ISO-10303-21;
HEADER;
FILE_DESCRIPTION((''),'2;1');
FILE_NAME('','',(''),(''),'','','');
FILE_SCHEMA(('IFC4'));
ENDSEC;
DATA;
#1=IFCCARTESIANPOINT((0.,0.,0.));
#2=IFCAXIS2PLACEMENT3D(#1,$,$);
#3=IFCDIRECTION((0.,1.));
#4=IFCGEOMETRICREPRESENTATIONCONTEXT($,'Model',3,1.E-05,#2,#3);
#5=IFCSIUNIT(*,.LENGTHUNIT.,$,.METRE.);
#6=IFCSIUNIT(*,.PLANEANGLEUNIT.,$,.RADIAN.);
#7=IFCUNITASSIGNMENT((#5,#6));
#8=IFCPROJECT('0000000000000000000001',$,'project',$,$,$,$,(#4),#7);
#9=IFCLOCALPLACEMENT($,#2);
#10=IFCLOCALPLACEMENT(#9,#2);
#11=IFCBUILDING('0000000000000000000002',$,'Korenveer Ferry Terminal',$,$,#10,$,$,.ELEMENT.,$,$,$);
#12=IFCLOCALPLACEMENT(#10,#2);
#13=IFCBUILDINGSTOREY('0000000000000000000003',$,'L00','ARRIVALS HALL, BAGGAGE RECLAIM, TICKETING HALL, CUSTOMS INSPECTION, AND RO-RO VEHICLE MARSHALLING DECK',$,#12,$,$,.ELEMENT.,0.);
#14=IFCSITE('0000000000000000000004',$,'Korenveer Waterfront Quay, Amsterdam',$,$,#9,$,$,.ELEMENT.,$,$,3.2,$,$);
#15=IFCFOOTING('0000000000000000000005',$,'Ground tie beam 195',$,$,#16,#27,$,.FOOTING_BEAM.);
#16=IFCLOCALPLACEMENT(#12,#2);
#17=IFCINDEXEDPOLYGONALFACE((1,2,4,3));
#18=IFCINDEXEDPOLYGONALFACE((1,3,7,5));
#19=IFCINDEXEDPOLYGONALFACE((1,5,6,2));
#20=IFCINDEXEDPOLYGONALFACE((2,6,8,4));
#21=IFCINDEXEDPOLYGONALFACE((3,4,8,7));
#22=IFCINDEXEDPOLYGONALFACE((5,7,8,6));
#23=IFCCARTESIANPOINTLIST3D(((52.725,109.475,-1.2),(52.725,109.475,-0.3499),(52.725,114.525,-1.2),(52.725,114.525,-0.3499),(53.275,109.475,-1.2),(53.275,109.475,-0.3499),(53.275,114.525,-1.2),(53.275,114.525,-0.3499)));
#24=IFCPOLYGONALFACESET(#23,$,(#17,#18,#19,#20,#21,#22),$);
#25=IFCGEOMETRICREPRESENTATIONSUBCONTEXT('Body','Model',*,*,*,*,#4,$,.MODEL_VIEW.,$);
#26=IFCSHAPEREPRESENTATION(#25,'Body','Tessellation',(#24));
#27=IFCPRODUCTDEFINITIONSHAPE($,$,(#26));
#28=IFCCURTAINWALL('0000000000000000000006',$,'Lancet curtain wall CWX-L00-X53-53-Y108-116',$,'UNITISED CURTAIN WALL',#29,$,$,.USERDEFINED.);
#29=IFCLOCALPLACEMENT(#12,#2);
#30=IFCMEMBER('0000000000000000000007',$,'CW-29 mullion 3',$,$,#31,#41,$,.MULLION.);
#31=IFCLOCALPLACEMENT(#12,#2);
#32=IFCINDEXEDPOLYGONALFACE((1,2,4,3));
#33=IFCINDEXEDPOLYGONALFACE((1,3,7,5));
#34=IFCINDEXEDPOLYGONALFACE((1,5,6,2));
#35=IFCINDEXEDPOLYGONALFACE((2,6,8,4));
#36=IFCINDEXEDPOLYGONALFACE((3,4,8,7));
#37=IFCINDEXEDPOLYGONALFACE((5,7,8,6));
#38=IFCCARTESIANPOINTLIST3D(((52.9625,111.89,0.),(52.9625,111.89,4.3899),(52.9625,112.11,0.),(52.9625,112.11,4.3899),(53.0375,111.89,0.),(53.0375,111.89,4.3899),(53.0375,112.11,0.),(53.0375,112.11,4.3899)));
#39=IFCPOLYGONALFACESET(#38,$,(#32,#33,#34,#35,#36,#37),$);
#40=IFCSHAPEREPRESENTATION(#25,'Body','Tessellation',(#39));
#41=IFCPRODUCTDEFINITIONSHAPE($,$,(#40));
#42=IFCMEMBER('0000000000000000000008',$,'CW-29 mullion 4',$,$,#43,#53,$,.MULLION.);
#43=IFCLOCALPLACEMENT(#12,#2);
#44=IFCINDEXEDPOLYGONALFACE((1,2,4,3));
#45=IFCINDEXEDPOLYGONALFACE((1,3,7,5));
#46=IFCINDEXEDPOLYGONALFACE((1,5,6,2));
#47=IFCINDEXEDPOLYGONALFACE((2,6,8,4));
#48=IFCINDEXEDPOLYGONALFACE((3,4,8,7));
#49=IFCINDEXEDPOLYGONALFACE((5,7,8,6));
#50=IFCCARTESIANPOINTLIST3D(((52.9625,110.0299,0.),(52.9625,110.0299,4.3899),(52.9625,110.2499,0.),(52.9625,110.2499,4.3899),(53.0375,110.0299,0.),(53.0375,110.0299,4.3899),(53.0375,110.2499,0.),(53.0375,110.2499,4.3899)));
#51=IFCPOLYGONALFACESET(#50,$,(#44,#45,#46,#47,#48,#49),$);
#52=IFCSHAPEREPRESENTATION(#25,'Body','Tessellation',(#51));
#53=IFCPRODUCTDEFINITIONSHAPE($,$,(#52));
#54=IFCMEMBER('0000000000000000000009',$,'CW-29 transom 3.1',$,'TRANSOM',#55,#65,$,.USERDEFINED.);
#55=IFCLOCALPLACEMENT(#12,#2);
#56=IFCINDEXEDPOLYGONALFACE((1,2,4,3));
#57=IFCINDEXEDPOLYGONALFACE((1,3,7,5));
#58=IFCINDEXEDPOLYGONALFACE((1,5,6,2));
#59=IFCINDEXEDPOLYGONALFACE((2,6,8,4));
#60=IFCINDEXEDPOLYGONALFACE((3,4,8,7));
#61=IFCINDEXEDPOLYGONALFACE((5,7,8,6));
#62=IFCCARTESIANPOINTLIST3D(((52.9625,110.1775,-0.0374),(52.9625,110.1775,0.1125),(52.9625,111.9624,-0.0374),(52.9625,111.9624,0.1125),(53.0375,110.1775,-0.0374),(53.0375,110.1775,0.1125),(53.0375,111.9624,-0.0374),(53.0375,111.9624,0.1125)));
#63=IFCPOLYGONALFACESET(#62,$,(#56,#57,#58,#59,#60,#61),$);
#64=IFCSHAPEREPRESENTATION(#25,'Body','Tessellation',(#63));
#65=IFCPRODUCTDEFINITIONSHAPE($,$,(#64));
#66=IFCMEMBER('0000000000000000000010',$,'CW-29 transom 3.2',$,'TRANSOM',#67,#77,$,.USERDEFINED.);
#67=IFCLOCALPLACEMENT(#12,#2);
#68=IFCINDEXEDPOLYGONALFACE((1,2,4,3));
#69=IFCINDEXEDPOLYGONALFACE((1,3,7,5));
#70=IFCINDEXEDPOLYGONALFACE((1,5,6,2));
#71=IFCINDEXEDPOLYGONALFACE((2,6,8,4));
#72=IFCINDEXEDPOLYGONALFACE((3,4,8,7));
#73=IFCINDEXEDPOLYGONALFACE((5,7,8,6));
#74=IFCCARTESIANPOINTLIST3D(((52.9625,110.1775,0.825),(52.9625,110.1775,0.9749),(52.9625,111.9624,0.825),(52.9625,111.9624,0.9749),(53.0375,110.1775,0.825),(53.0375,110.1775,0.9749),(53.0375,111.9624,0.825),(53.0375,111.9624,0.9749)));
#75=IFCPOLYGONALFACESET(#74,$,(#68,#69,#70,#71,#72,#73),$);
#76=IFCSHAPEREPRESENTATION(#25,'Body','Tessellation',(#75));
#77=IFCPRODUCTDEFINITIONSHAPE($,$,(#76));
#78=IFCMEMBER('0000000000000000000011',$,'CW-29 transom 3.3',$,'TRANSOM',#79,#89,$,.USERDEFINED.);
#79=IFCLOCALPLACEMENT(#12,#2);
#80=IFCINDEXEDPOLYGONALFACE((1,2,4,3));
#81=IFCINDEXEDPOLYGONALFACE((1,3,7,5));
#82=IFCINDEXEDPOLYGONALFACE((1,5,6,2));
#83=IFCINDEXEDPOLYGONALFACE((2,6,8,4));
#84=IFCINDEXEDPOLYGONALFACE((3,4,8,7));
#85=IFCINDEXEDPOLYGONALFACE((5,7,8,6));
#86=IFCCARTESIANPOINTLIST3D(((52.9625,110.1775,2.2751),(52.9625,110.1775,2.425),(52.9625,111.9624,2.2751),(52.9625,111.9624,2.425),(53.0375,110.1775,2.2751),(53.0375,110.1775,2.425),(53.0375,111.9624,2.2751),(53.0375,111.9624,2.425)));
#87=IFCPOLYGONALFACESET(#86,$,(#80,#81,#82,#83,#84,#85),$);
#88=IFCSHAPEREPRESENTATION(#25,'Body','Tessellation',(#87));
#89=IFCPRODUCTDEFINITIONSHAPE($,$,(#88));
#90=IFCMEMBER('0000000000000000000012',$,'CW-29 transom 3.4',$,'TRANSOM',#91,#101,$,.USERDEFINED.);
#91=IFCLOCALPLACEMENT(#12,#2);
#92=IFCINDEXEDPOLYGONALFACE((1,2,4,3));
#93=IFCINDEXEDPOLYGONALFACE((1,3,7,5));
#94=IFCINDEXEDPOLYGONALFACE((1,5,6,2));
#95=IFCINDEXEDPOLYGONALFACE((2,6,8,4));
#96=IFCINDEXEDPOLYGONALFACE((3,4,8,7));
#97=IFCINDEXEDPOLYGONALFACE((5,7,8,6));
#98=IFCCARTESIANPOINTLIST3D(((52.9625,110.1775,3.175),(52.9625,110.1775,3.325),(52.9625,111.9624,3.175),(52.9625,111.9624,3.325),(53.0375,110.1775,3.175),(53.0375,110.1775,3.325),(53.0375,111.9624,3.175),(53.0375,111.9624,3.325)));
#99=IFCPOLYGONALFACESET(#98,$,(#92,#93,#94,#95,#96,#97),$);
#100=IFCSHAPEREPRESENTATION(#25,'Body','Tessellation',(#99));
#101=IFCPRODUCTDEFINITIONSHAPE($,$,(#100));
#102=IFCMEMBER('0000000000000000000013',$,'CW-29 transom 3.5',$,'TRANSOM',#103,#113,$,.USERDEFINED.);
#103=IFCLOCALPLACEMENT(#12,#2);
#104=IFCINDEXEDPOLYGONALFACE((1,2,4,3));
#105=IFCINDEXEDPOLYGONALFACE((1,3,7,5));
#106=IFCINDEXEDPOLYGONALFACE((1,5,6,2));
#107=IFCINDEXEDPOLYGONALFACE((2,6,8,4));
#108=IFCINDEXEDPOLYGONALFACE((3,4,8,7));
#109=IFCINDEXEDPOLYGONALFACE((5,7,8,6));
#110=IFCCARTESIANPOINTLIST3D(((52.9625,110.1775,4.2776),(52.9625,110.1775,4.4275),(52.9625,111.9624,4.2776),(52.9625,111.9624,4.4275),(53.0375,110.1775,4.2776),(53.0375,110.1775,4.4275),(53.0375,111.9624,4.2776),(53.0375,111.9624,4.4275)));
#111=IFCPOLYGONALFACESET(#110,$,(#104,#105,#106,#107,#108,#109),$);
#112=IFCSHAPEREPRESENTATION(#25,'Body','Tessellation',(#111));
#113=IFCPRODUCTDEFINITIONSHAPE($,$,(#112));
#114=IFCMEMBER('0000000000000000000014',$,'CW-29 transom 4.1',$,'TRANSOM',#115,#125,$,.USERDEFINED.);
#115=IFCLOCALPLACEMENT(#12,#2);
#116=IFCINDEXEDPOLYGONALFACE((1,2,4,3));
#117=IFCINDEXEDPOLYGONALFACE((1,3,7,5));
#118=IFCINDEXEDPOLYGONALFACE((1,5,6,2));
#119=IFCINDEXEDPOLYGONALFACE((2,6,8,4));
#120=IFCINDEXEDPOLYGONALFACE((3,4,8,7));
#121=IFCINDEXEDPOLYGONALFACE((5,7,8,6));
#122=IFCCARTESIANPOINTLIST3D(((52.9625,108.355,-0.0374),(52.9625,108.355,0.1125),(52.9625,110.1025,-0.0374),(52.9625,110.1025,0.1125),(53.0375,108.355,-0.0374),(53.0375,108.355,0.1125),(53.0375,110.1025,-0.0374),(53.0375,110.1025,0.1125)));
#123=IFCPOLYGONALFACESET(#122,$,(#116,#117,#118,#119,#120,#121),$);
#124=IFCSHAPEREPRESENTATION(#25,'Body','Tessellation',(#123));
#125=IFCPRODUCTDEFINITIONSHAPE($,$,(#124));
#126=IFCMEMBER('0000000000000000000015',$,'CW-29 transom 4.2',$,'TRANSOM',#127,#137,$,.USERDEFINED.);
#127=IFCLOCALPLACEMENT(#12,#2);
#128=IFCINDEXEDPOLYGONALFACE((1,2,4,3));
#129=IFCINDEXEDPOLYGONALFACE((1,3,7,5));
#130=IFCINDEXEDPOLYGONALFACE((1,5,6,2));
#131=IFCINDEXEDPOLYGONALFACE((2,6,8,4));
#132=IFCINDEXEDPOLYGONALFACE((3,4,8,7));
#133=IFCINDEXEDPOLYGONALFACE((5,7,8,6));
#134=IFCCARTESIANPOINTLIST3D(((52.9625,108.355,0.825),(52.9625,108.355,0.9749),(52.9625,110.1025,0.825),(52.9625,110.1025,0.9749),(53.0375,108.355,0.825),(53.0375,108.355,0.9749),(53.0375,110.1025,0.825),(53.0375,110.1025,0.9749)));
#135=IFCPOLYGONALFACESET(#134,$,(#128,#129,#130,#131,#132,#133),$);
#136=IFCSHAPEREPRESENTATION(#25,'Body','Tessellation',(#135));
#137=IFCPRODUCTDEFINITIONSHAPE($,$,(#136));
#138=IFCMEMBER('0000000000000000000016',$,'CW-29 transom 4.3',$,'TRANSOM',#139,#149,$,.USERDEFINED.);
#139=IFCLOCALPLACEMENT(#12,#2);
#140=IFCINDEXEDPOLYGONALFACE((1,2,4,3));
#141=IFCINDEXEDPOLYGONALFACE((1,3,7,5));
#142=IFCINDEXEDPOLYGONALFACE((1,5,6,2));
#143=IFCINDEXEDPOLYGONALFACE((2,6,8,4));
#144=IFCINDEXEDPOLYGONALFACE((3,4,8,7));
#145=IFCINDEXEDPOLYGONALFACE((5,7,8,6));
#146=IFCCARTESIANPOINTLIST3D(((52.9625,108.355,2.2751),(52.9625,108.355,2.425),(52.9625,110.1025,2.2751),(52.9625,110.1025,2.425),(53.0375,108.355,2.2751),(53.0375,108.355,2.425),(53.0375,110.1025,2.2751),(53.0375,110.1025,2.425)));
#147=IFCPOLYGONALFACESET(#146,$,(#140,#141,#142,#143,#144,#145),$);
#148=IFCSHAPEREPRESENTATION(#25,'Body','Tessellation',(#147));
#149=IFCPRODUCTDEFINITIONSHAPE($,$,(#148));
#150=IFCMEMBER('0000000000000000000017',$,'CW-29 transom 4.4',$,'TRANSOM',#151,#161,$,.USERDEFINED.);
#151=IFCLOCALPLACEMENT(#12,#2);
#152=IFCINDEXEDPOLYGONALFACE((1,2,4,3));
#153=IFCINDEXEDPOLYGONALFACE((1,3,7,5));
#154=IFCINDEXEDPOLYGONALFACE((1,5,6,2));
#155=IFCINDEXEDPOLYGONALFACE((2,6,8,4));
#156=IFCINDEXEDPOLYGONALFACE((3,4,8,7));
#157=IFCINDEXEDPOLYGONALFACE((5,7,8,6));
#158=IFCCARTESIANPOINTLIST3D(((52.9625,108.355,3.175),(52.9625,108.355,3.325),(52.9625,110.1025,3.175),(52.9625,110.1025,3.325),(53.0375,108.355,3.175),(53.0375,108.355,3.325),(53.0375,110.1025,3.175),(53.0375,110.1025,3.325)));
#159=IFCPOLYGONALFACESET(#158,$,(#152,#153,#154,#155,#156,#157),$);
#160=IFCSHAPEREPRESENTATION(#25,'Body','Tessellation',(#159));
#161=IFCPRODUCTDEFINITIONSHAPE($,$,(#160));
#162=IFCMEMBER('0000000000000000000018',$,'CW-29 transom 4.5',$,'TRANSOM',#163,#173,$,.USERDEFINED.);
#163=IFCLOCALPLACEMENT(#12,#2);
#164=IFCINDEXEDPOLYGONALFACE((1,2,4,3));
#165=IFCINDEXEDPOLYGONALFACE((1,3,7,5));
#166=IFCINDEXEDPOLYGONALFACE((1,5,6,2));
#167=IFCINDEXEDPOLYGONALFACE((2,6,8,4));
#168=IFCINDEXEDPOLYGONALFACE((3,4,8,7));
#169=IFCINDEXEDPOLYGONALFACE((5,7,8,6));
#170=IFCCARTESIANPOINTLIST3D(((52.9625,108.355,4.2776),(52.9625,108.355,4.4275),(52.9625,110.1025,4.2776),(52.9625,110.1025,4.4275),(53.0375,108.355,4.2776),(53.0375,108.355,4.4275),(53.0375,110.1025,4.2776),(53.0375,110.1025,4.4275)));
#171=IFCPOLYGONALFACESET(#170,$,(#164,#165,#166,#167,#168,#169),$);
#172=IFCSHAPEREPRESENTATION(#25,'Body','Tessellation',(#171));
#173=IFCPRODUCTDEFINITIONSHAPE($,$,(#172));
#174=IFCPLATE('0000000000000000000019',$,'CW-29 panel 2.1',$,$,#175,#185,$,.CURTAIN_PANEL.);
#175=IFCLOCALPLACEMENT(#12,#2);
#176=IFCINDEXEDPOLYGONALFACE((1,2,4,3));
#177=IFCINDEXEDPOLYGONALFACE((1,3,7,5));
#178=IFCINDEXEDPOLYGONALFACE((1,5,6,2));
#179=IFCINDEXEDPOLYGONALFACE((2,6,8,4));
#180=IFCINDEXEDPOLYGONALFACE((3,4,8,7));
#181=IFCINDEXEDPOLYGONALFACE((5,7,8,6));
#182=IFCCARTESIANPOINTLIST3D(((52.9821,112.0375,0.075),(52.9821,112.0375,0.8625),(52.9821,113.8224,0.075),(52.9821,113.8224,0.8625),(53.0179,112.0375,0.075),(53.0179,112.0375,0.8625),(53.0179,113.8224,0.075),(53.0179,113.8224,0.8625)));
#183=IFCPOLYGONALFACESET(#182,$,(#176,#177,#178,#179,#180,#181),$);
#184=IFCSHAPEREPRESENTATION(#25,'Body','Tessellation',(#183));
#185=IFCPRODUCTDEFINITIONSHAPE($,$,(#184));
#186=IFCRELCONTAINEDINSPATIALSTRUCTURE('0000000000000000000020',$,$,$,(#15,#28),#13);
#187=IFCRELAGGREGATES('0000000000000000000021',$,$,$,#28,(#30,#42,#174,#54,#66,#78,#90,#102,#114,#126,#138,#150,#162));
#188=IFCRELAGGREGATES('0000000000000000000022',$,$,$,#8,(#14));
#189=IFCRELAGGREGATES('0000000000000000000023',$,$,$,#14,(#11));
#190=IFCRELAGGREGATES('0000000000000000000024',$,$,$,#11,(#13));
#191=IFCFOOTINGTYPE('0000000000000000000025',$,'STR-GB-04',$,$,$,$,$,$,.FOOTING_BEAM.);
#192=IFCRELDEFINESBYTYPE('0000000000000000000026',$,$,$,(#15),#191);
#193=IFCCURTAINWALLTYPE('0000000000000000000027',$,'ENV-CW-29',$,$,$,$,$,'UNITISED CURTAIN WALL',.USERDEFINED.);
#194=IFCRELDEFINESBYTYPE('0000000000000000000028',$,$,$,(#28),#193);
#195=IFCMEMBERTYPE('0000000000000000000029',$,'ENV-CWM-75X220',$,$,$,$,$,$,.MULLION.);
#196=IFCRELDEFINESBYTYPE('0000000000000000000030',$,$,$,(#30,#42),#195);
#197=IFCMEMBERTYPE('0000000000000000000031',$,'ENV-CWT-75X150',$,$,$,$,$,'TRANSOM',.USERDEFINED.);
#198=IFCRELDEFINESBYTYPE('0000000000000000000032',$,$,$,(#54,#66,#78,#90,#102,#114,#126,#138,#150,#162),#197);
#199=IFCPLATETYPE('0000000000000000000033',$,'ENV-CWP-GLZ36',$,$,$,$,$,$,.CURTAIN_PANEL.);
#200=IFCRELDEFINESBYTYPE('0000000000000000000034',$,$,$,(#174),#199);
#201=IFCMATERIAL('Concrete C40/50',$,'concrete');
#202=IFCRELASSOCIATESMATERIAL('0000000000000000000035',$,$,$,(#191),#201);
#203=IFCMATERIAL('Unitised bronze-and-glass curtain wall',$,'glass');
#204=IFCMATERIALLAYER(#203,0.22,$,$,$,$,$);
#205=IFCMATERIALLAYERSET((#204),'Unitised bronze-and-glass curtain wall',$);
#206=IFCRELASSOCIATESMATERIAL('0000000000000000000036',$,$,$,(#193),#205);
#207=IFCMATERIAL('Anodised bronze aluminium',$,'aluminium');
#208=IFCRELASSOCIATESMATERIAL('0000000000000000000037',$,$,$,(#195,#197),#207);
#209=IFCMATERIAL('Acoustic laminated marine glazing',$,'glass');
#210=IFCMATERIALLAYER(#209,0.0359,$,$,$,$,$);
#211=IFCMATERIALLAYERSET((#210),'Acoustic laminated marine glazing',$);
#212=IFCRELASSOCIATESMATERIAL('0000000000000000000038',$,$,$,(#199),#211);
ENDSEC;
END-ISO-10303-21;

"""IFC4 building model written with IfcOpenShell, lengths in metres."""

from ifc_helpers import new_model, si_unit, direction, frame, origin, origin_2d, place, context, subcontext, project, spatial, rectangle, extrude, material, layer, layer_set, material_profile, profile_set, type_object, element, aggregate, save


model = new_model("IFC4")

# Units and contexts
model_context = context("Model", 3, precision=1e-05, world=origin(), true_north=direction((0.0, 1.0)))
body_context = subcontext(model_context, "Body", "Model", "MODEL_VIEW")
ifc_project = project(units=[si_unit("LENGTHUNIT", "METRE"), si_unit("PLANEANGLEUNIT", "RADIAN")], contexts=[model_context])

# Site, building, storey
site_placement = place(None, origin())
site = spatial("IfcSite", under=ifc_project, at=site_placement, Name="Korenveer Waterfront Quay, Amsterdam", CompositionType="ELEMENT", RefElevation=3.2)
building_placement = place(site_placement, origin())
building = spatial("IfcBuilding", under=site, at=building_placement, Name="Korenveer Ferry Terminal", CompositionType="ELEMENT")
storey_placement = place(building_placement, origin())
storey = spatial("IfcBuildingStorey", under=building, at=storey_placement, Name="L00", Description="ARRIVALS HALL, BAGGAGE RECLAIM, TICKETING HALL, CUSTOMS INSPECTION, AND RO-RO VEHICLE MARSHALLING DECK", CompositionType="ELEMENT", Elevation=0.0)

# Footing
ifc_material_1 = material(Name="Concrete C40/50", Category="concrete")
footing_type = type_object("IfcFootingType", Name="STR-GB-04", PredefinedType="FOOTING_BEAM", material=ifc_material_1)
footing_placement = place(storey_placement, frame((53.0, 112.0, -1.2), z_axis=(0.0, 0.0, 1.0), x_axis=(1.0, 0.0, 0.0)))
element("IfcFooting", 1, at=footing_placement, inside=storey, type_object=footing_type, Name="Ground tie beam 195", PredefinedType="FOOTING_BEAM", context=body_context, shape_type="SweptSolid", body=[
    extrude(rectangle(XDim=0.55, YDim=5.05, at=origin_2d()), origin(), (0.0, 0.0, 1.0), 0.8501),
])

# Curtain wall, members, plate
ifc_material_2 = material(Name="Unitised bronze-and-glass curtain wall", Category="glass")
ifc_layer_1 = layer(ifc_material_2, 0.22)
ifc_layer_set_1 = layer_set([ifc_layer_1], Name="Unitised bronze-and-glass curtain wall")
curtain_wall_type = type_object("IfcCurtainWallType", Name="ENV-CW-29", ElementType="UNITISED CURTAIN WALL", PredefinedType="USERDEFINED", material=ifc_layer_set_1)
curtain_wall_placement = place(storey_placement, frame((53.0, 115.72, 0.0)))
curtain_wall = element("IfcCurtainWall", 2, at=curtain_wall_placement, inside=storey, type_object=curtain_wall_type, Name="Lancet curtain wall CWX-L00-X53-53-Y108-116", ObjectType="UNITISED CURTAIN WALL", PredefinedType="USERDEFINED")
ifc_material_3 = material(Name="Anodised bronze aluminium", Category="aluminium")
ifc_material_profile_1 = material_profile(ifc_material_3, rectangle(XDim=0.075, YDim=0.22, at=origin_2d()), Name="ALU 75x220")
ifc_profile_set_1 = profile_set([ifc_material_profile_1], Name="Anodised bronze aluminium")
member_type_1 = type_object("IfcMemberType", Name="ENV-CWM-75X220", PredefinedType="MULLION", material=ifc_profile_set_1)
member_1_placement = place(storey_placement, frame((53.0, 112.0, 0.0), z_axis=(0.0, 0.0, 1.0), x_axis=(1.0, 0.0, 0.0)))
member_1 = element("IfcMember", 3, at=member_1_placement, type_object=member_type_1, Name="CW-29 mullion 3", PredefinedType="MULLION", context=body_context, shape_type="SweptSolid", body=[
    extrude(rectangle(XDim=0.075, YDim=0.22, at=origin_2d()), origin(), (0.0, 0.0, 1.0), 4.3899),
])
member_2_placement = place(storey_placement, frame((53.0, 110.1399, 0.0), z_axis=(0.0, 0.0, 1.0), x_axis=(1.0, 0.0, 0.0)))
member_2 = element("IfcMember", 4, at=member_2_placement, type_object=member_type_1, Name="CW-29 mullion 4", PredefinedType="MULLION", context=body_context, shape_type="SweptSolid", body=[
    extrude(rectangle(XDim=0.075, YDim=0.22, at=origin_2d()), origin(), (0.0, 0.0, 1.0), 4.3899),
])
ifc_material_profile_2 = material_profile(ifc_material_3, rectangle(XDim=0.075, YDim=0.1499, at=origin_2d()), Name="ALU 75x150")
ifc_profile_set_2 = profile_set([ifc_material_profile_2], Name="Anodised bronze aluminium")
member_type_2 = type_object("IfcMemberType", Name="ENV-CWT-75X150", ElementType="TRANSOM", PredefinedType="USERDEFINED", material=ifc_profile_set_2)
member_3_placement = place(storey_placement, frame((53.0, 111.9624, 0.0376), z_axis=(0.0, -1.0, 0.0), x_axis=(1.0, 0.0, 0.0)))
member_3 = element("IfcMember", 5, at=member_3_placement, type_object=member_type_2, Name="CW-29 transom 3.1", ObjectType="TRANSOM", PredefinedType="USERDEFINED", context=body_context, shape_type="SweptSolid", body=[
    extrude(rectangle(XDim=0.075, YDim=0.1499, at=origin_2d()), origin(), (0.0, 0.0, 1.0), 1.7849),
])
member_4_placement = place(storey_placement, frame((53.0, 111.9624, 0.8999), z_axis=(0.0, -1.0, 0.0), x_axis=(1.0, 0.0, 0.0)))
member_4 = element("IfcMember", 6, at=member_4_placement, type_object=member_type_2, Name="CW-29 transom 3.2", ObjectType="TRANSOM", PredefinedType="USERDEFINED", context=body_context, shape_type="SweptSolid", body=[
    extrude(rectangle(XDim=0.075, YDim=0.1499, at=origin_2d()), origin(), (0.0, 0.0, 1.0), 1.7849),
])
member_5_placement = place(storey_placement, frame((53.0, 111.9624, 2.3501), z_axis=(0.0, -1.0, 0.0), x_axis=(1.0, 0.0, 0.0)))
member_5 = element("IfcMember", 7, at=member_5_placement, type_object=member_type_2, Name="CW-29 transom 3.3", ObjectType="TRANSOM", PredefinedType="USERDEFINED", context=body_context, shape_type="SweptSolid", body=[
    extrude(rectangle(XDim=0.075, YDim=0.1499, at=origin_2d()), origin(), (0.0, 0.0, 1.0), 1.7849),
])
member_6_placement = place(storey_placement, frame((53.0, 111.9624, 3.25), z_axis=(0.0, -1.0, 0.0), x_axis=(1.0, 0.0, 0.0)))
member_6 = element("IfcMember", 8, at=member_6_placement, type_object=member_type_2, Name="CW-29 transom 3.4", ObjectType="TRANSOM", PredefinedType="USERDEFINED", context=body_context, shape_type="SweptSolid", body=[
    extrude(rectangle(XDim=0.075, YDim=0.1499, at=origin_2d()), origin(), (0.0, 0.0, 1.0), 1.7849),
])
member_7_placement = place(storey_placement, frame((53.0, 111.9624, 4.3525), z_axis=(0.0, -1.0, 0.0), x_axis=(1.0, 0.0, 0.0)))
member_7 = element("IfcMember", 9, at=member_7_placement, type_object=member_type_2, Name="CW-29 transom 3.5", ObjectType="TRANSOM", PredefinedType="USERDEFINED", context=body_context, shape_type="SweptSolid", body=[
    extrude(rectangle(XDim=0.075, YDim=0.1499, at=origin_2d()), origin(), (0.0, 0.0, 1.0), 1.7849),
])
member_8_placement = place(storey_placement, frame((53.0, 110.1025, 0.0376), z_axis=(0.0, -1.0, 0.0), x_axis=(1.0, 0.0, 0.0)))
member_8 = element("IfcMember", 10, at=member_8_placement, type_object=member_type_2, Name="CW-29 transom 4.1", ObjectType="TRANSOM", PredefinedType="USERDEFINED", context=body_context, shape_type="SweptSolid", body=[
    extrude(rectangle(XDim=0.075, YDim=0.1499, at=origin_2d()), origin(), (0.0, 0.0, 1.0), 1.7476),
])
member_9_placement = place(storey_placement, frame((53.0, 110.1025, 0.8999), z_axis=(0.0, -1.0, 0.0), x_axis=(1.0, 0.0, 0.0)))
member_9 = element("IfcMember", 11, at=member_9_placement, type_object=member_type_2, Name="CW-29 transom 4.2", ObjectType="TRANSOM", PredefinedType="USERDEFINED", context=body_context, shape_type="SweptSolid", body=[
    extrude(rectangle(XDim=0.075, YDim=0.1499, at=origin_2d()), origin(), (0.0, 0.0, 1.0), 1.7476),
])
member_10_placement = place(storey_placement, frame((53.0, 110.1025, 2.3501), z_axis=(0.0, -1.0, 0.0), x_axis=(1.0, 0.0, 0.0)))
member_10 = element("IfcMember", 12, at=member_10_placement, type_object=member_type_2, Name="CW-29 transom 4.3", ObjectType="TRANSOM", PredefinedType="USERDEFINED", context=body_context, shape_type="SweptSolid", body=[
    extrude(rectangle(XDim=0.075, YDim=0.1499, at=origin_2d()), origin(), (0.0, 0.0, 1.0), 1.7476),
])
member_11_placement = place(storey_placement, frame((53.0, 110.1025, 3.25), z_axis=(0.0, -1.0, 0.0), x_axis=(1.0, 0.0, 0.0)))
member_11 = element("IfcMember", 13, at=member_11_placement, type_object=member_type_2, Name="CW-29 transom 4.4", ObjectType="TRANSOM", PredefinedType="USERDEFINED", context=body_context, shape_type="SweptSolid", body=[
    extrude(rectangle(XDim=0.075, YDim=0.1499, at=origin_2d()), origin(), (0.0, 0.0, 1.0), 1.7476),
])
member_12_placement = place(storey_placement, frame((53.0, 110.1025, 4.3525), z_axis=(0.0, -1.0, 0.0), x_axis=(1.0, 0.0, 0.0)))
member_12 = element("IfcMember", 14, at=member_12_placement, type_object=member_type_2, Name="CW-29 transom 4.5", ObjectType="TRANSOM", PredefinedType="USERDEFINED", context=body_context, shape_type="SweptSolid", body=[
    extrude(rectangle(XDim=0.075, YDim=0.1499, at=origin_2d()), origin(), (0.0, 0.0, 1.0), 1.7476),
])
ifc_material_4 = material(Name="Acoustic laminated marine glazing", Category="glass")
ifc_layer_2 = layer(ifc_material_4, 0.0359)
ifc_layer_set_2 = layer_set([ifc_layer_2], Name="Acoustic laminated marine glazing")
plate_type = type_object("IfcPlateType", Name="ENV-CWP-GLZ36", PredefinedType="CURTAIN_PANEL", material=ifc_layer_set_2)
plate_1_placement = place(storey_placement, frame((53.0, 112.9299, 0.075), z_axis=(0.0, 0.0, 1.0), x_axis=(0.0, -1.0, 0.0)))
plate_1 = element("IfcPlate", 15, at=plate_1_placement, type_object=plate_type, Name="CW-29 panel 2.1", PredefinedType="CURTAIN_PANEL", context=body_context, shape_type="SweptSolid", body=[
    extrude(rectangle(XDim=1.7849, YDim=0.0359, at=origin_2d()), origin(), (0.0, 0.0, 1.0), 0.7876),
])
aggregate(curtain_wall, [member_1, member_2, plate_1, member_3, member_4, member_5, member_6, member_7, member_8, member_9, member_10, member_11, member_12])

save(model, "model.ifc")
